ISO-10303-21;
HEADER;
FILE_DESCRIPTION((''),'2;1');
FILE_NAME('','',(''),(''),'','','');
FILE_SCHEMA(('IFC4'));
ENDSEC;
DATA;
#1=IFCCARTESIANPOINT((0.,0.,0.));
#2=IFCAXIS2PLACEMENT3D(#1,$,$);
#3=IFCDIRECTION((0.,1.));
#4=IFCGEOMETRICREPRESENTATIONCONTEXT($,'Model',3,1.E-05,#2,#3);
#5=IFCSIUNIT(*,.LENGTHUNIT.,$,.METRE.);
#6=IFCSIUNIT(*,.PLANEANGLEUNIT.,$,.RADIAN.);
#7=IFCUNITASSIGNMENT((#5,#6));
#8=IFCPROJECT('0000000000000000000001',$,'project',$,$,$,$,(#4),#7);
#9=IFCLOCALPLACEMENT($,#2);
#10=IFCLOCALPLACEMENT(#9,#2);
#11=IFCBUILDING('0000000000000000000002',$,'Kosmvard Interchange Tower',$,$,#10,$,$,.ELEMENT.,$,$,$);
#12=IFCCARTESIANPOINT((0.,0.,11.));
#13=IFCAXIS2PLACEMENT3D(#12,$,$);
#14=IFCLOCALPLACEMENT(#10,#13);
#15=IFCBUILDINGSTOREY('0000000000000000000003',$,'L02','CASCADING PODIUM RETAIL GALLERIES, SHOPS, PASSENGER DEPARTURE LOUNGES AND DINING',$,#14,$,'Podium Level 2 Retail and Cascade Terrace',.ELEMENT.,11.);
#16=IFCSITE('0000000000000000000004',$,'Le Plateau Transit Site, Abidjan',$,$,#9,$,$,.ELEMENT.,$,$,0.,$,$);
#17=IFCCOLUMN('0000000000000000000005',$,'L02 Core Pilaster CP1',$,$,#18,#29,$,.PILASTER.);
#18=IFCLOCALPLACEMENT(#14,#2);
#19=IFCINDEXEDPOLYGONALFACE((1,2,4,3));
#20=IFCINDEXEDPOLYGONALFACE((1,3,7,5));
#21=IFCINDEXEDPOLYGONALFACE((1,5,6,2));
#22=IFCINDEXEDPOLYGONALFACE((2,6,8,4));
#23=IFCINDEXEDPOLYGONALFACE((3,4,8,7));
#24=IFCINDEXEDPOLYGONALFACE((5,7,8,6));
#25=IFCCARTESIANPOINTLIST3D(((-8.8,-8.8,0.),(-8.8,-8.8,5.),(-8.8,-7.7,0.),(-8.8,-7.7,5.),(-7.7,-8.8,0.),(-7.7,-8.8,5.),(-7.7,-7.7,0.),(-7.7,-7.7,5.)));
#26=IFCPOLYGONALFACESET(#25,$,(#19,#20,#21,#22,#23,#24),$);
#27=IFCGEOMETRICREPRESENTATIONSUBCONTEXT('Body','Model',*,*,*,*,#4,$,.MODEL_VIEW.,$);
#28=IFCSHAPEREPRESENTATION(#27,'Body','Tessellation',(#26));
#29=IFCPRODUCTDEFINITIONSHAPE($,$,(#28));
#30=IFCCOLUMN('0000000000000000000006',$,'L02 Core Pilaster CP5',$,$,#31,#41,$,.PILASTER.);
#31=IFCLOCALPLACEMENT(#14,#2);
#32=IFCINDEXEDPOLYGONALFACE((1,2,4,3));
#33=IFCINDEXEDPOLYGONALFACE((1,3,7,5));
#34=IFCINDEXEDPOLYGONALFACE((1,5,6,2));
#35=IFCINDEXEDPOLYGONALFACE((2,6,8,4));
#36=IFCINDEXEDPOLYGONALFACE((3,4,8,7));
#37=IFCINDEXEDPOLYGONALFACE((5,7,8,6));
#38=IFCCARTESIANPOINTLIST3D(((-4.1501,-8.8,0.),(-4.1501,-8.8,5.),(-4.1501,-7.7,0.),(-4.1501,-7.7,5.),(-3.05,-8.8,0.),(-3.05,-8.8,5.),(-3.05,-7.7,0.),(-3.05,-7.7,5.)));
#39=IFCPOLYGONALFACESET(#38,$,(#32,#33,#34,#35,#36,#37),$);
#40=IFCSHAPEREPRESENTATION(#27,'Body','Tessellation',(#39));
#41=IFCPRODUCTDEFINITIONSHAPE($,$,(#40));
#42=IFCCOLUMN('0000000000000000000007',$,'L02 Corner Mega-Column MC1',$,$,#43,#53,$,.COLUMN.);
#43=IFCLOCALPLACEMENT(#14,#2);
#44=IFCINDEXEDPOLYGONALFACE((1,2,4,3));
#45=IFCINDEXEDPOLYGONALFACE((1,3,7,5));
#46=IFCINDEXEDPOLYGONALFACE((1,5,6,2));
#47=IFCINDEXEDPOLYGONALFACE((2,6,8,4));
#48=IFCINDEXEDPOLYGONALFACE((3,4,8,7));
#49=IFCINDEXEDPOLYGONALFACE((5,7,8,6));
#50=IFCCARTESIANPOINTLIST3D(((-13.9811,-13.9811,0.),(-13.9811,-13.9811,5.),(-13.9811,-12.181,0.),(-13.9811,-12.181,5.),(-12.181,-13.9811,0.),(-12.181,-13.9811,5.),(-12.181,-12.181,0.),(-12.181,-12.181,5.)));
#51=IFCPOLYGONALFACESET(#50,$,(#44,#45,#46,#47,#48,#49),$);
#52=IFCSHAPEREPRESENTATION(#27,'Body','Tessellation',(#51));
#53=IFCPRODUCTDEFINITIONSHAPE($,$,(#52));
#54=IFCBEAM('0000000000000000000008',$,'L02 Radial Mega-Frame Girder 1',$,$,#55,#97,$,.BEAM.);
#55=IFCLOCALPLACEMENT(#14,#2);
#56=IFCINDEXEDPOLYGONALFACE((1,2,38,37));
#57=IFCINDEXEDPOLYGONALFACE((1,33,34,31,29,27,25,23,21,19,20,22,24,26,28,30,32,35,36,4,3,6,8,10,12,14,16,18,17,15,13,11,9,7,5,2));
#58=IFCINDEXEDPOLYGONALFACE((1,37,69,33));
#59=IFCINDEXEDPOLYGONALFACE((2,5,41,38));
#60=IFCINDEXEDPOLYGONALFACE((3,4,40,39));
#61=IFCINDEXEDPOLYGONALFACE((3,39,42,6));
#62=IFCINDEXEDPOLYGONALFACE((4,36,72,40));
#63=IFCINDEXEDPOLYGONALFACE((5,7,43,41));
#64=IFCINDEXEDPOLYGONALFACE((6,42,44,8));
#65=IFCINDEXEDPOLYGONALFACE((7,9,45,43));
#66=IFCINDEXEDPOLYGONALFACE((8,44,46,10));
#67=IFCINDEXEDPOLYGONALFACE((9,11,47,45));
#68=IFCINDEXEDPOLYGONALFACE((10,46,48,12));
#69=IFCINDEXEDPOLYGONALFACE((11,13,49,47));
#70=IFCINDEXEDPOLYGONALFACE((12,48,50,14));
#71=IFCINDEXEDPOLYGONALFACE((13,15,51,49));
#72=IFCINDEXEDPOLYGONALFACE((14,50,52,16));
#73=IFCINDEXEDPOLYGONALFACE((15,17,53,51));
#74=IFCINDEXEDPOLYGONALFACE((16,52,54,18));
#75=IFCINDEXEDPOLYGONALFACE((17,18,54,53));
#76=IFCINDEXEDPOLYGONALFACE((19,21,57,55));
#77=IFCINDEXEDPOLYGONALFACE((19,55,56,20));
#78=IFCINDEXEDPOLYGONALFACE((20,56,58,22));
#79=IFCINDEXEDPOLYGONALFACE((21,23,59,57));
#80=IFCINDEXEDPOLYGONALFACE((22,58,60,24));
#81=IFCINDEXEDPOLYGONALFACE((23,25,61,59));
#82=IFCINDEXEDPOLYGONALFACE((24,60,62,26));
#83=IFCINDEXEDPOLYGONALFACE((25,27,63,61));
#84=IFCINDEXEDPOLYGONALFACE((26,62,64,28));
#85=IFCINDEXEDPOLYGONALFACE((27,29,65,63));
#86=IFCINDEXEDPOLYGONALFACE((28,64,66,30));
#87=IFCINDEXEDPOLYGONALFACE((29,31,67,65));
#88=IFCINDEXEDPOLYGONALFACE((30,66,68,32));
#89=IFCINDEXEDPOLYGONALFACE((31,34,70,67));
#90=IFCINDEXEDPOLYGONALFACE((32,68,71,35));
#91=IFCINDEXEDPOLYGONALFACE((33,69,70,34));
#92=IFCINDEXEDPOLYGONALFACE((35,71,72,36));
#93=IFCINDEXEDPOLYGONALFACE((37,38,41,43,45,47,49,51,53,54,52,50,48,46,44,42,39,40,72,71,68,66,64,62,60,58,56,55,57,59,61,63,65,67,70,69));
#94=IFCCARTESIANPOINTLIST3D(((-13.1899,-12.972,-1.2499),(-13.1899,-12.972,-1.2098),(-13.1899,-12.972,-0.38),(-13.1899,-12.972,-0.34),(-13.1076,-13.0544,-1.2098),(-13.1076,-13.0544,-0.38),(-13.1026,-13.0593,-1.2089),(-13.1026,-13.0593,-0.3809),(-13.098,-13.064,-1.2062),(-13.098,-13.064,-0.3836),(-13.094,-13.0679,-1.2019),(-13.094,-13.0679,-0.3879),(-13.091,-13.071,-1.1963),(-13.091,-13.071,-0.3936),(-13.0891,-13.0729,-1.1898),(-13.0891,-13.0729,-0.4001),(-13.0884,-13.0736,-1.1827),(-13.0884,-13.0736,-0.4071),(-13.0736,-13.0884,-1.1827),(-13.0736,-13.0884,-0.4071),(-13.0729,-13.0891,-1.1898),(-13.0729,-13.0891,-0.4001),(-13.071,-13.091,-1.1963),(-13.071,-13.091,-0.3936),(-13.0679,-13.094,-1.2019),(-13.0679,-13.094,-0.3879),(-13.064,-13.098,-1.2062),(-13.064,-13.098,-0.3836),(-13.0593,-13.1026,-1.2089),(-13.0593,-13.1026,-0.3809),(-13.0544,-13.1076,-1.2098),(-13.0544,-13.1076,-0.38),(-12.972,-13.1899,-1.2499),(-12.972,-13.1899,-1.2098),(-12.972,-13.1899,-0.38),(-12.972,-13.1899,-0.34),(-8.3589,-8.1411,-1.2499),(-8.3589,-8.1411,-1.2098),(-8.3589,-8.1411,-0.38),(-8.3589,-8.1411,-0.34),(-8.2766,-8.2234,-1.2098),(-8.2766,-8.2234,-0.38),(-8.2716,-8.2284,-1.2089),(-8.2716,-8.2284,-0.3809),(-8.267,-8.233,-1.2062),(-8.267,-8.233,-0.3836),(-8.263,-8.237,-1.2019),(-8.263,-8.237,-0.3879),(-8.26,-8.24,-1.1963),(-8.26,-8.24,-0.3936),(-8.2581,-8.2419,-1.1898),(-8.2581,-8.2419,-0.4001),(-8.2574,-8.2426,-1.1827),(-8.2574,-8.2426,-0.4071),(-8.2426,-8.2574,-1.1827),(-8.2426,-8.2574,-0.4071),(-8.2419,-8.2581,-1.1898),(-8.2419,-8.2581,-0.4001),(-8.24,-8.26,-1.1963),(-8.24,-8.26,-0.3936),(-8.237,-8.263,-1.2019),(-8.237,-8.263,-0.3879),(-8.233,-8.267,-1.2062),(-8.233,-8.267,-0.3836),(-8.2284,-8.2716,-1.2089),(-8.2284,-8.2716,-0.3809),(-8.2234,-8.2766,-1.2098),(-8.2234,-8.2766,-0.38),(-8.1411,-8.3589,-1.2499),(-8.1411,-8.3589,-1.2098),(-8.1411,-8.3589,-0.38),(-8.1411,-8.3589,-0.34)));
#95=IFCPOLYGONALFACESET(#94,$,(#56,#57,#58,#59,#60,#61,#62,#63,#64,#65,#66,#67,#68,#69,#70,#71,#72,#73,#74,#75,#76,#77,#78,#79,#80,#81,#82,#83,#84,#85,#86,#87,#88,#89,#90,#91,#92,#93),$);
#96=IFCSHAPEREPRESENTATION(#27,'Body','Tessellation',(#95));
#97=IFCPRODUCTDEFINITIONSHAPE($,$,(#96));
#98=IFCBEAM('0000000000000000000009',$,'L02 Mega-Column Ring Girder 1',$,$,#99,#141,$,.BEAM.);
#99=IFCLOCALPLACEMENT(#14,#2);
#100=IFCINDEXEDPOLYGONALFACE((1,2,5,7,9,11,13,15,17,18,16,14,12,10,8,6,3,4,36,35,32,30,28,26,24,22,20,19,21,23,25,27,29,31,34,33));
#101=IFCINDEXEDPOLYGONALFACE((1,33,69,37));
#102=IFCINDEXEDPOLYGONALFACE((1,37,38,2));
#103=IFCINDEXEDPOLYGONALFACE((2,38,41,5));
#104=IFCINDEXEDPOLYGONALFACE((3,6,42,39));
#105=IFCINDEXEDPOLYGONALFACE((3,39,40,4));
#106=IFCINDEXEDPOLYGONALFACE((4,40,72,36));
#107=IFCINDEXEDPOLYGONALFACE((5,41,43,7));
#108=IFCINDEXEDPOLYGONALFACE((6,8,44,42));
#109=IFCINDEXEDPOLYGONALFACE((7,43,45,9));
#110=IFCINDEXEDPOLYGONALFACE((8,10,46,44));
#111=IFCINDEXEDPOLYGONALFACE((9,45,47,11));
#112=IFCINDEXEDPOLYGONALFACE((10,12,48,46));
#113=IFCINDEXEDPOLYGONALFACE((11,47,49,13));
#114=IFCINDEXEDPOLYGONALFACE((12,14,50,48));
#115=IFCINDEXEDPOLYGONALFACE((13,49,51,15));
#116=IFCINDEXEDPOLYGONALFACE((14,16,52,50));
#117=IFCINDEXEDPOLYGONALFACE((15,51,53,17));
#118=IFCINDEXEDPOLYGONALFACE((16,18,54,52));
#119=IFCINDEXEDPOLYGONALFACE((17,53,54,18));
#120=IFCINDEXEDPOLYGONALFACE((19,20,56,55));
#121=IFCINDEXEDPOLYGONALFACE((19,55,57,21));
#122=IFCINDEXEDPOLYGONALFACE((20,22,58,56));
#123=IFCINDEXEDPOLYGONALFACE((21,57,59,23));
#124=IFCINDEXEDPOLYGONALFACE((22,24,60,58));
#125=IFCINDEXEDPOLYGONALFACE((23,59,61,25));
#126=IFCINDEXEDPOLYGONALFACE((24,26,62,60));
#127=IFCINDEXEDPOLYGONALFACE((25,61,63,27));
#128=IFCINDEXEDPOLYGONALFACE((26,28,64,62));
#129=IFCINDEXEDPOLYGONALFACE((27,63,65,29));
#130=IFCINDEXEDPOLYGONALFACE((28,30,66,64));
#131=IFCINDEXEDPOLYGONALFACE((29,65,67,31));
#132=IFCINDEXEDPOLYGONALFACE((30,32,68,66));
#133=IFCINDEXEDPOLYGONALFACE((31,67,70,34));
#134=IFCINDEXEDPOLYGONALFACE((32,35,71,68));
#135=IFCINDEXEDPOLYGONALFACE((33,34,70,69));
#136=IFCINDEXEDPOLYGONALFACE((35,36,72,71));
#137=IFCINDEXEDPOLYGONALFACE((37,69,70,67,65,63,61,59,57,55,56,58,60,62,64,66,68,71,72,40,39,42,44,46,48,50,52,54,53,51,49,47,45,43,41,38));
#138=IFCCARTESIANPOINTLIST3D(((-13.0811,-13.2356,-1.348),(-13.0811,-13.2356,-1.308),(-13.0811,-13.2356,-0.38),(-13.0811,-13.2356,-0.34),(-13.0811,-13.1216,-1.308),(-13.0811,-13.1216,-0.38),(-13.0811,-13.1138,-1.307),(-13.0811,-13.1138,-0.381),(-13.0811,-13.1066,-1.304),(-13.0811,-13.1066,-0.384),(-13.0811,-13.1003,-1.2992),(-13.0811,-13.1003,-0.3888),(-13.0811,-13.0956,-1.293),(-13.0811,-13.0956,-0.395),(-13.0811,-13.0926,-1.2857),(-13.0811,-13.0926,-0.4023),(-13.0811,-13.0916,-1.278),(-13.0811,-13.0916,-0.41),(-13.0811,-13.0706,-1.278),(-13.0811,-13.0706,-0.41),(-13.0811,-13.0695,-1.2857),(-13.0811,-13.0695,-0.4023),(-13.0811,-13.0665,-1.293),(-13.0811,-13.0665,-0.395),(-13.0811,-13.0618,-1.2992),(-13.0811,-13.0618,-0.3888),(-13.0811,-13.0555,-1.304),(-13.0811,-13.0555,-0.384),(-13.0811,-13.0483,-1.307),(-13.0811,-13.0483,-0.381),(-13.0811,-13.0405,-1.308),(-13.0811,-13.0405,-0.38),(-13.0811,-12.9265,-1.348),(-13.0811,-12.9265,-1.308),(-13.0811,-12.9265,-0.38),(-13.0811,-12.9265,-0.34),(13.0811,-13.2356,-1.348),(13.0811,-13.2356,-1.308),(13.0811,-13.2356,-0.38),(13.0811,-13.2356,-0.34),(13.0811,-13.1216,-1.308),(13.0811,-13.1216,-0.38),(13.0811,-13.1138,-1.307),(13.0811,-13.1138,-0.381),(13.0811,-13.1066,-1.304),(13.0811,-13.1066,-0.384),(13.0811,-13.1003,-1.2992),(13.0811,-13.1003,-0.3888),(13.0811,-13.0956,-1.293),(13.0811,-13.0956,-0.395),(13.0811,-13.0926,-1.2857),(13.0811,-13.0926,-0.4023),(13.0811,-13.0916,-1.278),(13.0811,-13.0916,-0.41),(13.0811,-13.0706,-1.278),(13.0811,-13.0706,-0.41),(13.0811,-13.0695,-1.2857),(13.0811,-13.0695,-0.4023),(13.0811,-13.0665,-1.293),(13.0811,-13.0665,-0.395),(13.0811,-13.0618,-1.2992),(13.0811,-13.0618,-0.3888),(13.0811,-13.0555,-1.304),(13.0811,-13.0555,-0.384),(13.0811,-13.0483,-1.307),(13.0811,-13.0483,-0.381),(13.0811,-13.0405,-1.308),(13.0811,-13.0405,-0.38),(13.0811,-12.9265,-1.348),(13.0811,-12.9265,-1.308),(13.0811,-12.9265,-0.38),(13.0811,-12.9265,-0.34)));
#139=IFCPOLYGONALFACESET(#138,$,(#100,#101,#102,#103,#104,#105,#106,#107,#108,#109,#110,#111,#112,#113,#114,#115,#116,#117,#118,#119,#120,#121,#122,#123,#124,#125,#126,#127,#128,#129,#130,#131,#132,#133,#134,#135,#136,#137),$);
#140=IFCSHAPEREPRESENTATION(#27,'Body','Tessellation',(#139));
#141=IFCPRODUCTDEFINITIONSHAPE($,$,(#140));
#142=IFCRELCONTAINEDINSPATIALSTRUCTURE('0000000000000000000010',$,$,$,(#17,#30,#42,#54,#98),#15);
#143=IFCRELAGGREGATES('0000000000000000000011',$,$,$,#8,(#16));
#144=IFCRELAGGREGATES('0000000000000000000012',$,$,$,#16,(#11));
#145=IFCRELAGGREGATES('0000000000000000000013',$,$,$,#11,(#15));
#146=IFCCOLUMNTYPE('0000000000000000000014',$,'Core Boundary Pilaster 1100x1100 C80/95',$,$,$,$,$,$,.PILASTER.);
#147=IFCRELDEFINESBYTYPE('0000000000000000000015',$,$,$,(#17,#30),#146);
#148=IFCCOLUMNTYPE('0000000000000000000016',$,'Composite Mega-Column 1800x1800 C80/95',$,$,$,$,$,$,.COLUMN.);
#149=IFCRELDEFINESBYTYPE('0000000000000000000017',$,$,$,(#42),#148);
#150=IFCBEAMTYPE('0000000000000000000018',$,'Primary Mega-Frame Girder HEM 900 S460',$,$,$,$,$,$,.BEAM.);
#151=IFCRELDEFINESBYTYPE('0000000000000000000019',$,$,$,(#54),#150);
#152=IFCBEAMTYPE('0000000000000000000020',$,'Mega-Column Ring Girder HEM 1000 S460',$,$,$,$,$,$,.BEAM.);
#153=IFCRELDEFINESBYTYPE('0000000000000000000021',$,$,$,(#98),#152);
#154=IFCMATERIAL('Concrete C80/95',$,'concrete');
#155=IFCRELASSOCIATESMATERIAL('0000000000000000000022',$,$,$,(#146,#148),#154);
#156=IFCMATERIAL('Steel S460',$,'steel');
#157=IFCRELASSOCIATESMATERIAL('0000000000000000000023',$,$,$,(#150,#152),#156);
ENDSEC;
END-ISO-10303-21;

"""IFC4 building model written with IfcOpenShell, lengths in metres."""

from ifc_helpers import new_model, si_unit, direction, frame, origin, origin_2d, place, context, subcontext, project, spatial, rectangle, i_section, extrude, source, transform, mapped, material, material_profile, profile_set, type_object, element, save


model = new_model("IFC4")

# Units and contexts
model_context = context("Model", 3, precision=1e-05, world=origin(), true_north=direction((0.0, 1.0)))
body_context = subcontext(model_context, "Body", "Model", "MODEL_VIEW")
ifc_project = project(units=[si_unit("LENGTHUNIT", "METRE"), si_unit("PLANEANGLEUNIT", "RADIAN")], contexts=[model_context])

# Site, building, storey
site_placement = place(None, origin())
site = spatial("IfcSite", under=ifc_project, at=site_placement, Name="Le Plateau Transit Site, Abidjan", CompositionType="ELEMENT", RefElevation=0.0)
building_placement = place(site_placement, origin())
building = spatial("IfcBuilding", under=site, at=building_placement, Name="Kosmvard Interchange Tower", CompositionType="ELEMENT")
storey_placement = place(building_placement, frame((0.0, 0.0, 11.0)))
storey = spatial("IfcBuildingStorey", under=building, at=storey_placement, Name="L02", Description="CASCADING PODIUM RETAIL GALLERIES, SHOPS, PASSENGER DEPARTURE LOUNGES AND DINING", LongName="Podium Level 2 Retail and Cascade Terrace", CompositionType="ELEMENT", Elevation=11.0)

# Columns
ifc_material_1 = material(Name="Concrete C80/95", Category="concrete")
ifc_material_profile_1 = material_profile(ifc_material_1, rectangle(XDim=1.1001, YDim=1.1001, at=origin_2d()), Name="CP 1100x1100")
ifc_profile_set_1 = profile_set([ifc_material_profile_1], Name="Concrete C80/95")
column_type_1 = type_object("IfcColumnType", Name="Core Boundary Pilaster 1100x1100 C80/95", PredefinedType="PILASTER", material=ifc_profile_set_1)
shared_shape_1 = source(origin(), body_context, "Body", "SweptSolid", [
    extrude(rectangle(XDim=1.1001, YDim=1.1001, at=origin_2d()), origin(), (0.0, 0.0, 1.0), 5.0),
])
for number, where, z_axis, x_axis, name in (
    (1, (-8.25, -8.25, 0.0), (0.0, 0.0, 1.0), (1.0, 0.0, 0.0), "L02 Core Pilaster CP1"),
    (2, (-3.6001, -8.25, 0.0), (0.0, 0.0, 1.0), (1.0, 0.0, 0.0), "L02 Core Pilaster CP5"),
):
    element("IfcColumn", number, at=place(storey_placement, frame(where, z_axis=z_axis, x_axis=x_axis)), inside=storey, type_object=column_type_1, Name=name, PredefinedType="PILASTER", context=body_context, shape_type="MappedRepresentation", body=[
        mapped(shared_shape_1, transform((0.0, 0.0, 0.0), scale=1.0)),
    ])
ifc_material_profile_2 = material_profile(ifc_material_1, rectangle(XDim=1.8, YDim=1.8, at=origin_2d()), Name="MC 1800x1800")
ifc_profile_set_2 = profile_set([ifc_material_profile_2], Name="Concrete C80/95")
column_type_2 = type_object("IfcColumnType", Name="Composite Mega-Column 1800x1800 C80/95", PredefinedType="COLUMN", material=ifc_profile_set_2)
shared_shape_2 = source(origin(), body_context, "Body", "SweptSolid", [
    extrude(rectangle(XDim=1.8, YDim=1.8, at=origin_2d()), origin(), (0.0, 0.0, 1.0), 5.0),
])
column_placement = place(storey_placement, frame((-13.0811, -13.0811, 0.0), z_axis=(0.0, 0.0, 1.0), x_axis=(1.0, 0.0, 0.0)))
element("IfcColumn", 3, at=column_placement, inside=storey, type_object=column_type_2, Name="L02 Corner Mega-Column MC1", PredefinedType="COLUMN", context=body_context, shape_type="MappedRepresentation", body=[
    mapped(shared_shape_2, transform((0.0, 0.0, 0.0), scale=1.0)),
])

# Beams
ifc_material_2 = material(Name="Steel S460", Category="steel")
ifc_material_profile_3 = material_profile(ifc_material_2, i_section(OverallWidth=0.3081, OverallDepth=0.9099, WebThickness=0.021, FlangeThickness=0.04, FilletRadius=0.0271, at=origin_2d()), Name="HEM 900")
ifc_profile_set_3 = profile_set([ifc_material_profile_3], Name="Steel S460")
beam_type_1 = type_object("IfcBeamType", Name="Primary Mega-Frame Girder HEM 900 S460", PredefinedType="BEAM", material=ifc_profile_set_3)
shared_shape_3 = source(origin(), body_context, "Body", "SweptSolid", [
    extrude(i_section(OverallWidth=0.3081, OverallDepth=0.9099, WebThickness=0.021, FlangeThickness=0.04, FilletRadius=0.0271, at=origin_2d()), origin(), (0.0, 0.0, 1.0), 6.832),
])
beam_1_placement = place(storey_placement, frame((-8.25, -8.25, -0.7949), z_axis=(-0.707107, -0.707107, 0.0), x_axis=(0.707107, -0.707107, 0.0)))
element("IfcBeam", 4, at=beam_1_placement, inside=storey, type_object=beam_type_1, Name="L02 Radial Mega-Frame Girder 1", PredefinedType="BEAM", context=body_context, shape_type="MappedRepresentation", body=[
    mapped(shared_shape_3, transform((0.0, 0.0, 0.0), scale=1.0)),
])
ifc_material_profile_4 = material_profile(ifc_material_2, i_section(OverallWidth=0.3091, OverallDepth=1.0081, WebThickness=0.021, FlangeThickness=0.04, FilletRadius=0.03, at=origin_2d()), Name="HEM 1000")
ifc_profile_set_4 = profile_set([ifc_material_profile_4], Name="Steel S460")
beam_type_2 = type_object("IfcBeamType", Name="Mega-Column Ring Girder HEM 1000 S460", PredefinedType="BEAM", material=ifc_profile_set_4)
shared_shape_4 = source(origin(), body_context, "Body", "SweptSolid", [
    extrude(i_section(OverallWidth=0.3091, OverallDepth=1.0081, WebThickness=0.021, FlangeThickness=0.04, FilletRadius=0.03, at=origin_2d()), origin(), (0.0, 0.0, 1.0), 26.1621),
])
beam_2_placement = place(storey_placement, frame((-13.0811, -13.0811, -0.844), z_axis=(1.0, 0.0, 0.0), x_axis=(0.0, 1.0, 0.0)))
element("IfcBeam", 5, at=beam_2_placement, inside=storey, type_object=beam_type_2, Name="L02 Mega-Column Ring Girder 1", PredefinedType="BEAM", context=body_context, shape_type="MappedRepresentation", body=[
    mapped(shared_shape_4, transform((0.0, 0.0, 0.0), scale=1.0)),
])

save(model, "model.ifc")
